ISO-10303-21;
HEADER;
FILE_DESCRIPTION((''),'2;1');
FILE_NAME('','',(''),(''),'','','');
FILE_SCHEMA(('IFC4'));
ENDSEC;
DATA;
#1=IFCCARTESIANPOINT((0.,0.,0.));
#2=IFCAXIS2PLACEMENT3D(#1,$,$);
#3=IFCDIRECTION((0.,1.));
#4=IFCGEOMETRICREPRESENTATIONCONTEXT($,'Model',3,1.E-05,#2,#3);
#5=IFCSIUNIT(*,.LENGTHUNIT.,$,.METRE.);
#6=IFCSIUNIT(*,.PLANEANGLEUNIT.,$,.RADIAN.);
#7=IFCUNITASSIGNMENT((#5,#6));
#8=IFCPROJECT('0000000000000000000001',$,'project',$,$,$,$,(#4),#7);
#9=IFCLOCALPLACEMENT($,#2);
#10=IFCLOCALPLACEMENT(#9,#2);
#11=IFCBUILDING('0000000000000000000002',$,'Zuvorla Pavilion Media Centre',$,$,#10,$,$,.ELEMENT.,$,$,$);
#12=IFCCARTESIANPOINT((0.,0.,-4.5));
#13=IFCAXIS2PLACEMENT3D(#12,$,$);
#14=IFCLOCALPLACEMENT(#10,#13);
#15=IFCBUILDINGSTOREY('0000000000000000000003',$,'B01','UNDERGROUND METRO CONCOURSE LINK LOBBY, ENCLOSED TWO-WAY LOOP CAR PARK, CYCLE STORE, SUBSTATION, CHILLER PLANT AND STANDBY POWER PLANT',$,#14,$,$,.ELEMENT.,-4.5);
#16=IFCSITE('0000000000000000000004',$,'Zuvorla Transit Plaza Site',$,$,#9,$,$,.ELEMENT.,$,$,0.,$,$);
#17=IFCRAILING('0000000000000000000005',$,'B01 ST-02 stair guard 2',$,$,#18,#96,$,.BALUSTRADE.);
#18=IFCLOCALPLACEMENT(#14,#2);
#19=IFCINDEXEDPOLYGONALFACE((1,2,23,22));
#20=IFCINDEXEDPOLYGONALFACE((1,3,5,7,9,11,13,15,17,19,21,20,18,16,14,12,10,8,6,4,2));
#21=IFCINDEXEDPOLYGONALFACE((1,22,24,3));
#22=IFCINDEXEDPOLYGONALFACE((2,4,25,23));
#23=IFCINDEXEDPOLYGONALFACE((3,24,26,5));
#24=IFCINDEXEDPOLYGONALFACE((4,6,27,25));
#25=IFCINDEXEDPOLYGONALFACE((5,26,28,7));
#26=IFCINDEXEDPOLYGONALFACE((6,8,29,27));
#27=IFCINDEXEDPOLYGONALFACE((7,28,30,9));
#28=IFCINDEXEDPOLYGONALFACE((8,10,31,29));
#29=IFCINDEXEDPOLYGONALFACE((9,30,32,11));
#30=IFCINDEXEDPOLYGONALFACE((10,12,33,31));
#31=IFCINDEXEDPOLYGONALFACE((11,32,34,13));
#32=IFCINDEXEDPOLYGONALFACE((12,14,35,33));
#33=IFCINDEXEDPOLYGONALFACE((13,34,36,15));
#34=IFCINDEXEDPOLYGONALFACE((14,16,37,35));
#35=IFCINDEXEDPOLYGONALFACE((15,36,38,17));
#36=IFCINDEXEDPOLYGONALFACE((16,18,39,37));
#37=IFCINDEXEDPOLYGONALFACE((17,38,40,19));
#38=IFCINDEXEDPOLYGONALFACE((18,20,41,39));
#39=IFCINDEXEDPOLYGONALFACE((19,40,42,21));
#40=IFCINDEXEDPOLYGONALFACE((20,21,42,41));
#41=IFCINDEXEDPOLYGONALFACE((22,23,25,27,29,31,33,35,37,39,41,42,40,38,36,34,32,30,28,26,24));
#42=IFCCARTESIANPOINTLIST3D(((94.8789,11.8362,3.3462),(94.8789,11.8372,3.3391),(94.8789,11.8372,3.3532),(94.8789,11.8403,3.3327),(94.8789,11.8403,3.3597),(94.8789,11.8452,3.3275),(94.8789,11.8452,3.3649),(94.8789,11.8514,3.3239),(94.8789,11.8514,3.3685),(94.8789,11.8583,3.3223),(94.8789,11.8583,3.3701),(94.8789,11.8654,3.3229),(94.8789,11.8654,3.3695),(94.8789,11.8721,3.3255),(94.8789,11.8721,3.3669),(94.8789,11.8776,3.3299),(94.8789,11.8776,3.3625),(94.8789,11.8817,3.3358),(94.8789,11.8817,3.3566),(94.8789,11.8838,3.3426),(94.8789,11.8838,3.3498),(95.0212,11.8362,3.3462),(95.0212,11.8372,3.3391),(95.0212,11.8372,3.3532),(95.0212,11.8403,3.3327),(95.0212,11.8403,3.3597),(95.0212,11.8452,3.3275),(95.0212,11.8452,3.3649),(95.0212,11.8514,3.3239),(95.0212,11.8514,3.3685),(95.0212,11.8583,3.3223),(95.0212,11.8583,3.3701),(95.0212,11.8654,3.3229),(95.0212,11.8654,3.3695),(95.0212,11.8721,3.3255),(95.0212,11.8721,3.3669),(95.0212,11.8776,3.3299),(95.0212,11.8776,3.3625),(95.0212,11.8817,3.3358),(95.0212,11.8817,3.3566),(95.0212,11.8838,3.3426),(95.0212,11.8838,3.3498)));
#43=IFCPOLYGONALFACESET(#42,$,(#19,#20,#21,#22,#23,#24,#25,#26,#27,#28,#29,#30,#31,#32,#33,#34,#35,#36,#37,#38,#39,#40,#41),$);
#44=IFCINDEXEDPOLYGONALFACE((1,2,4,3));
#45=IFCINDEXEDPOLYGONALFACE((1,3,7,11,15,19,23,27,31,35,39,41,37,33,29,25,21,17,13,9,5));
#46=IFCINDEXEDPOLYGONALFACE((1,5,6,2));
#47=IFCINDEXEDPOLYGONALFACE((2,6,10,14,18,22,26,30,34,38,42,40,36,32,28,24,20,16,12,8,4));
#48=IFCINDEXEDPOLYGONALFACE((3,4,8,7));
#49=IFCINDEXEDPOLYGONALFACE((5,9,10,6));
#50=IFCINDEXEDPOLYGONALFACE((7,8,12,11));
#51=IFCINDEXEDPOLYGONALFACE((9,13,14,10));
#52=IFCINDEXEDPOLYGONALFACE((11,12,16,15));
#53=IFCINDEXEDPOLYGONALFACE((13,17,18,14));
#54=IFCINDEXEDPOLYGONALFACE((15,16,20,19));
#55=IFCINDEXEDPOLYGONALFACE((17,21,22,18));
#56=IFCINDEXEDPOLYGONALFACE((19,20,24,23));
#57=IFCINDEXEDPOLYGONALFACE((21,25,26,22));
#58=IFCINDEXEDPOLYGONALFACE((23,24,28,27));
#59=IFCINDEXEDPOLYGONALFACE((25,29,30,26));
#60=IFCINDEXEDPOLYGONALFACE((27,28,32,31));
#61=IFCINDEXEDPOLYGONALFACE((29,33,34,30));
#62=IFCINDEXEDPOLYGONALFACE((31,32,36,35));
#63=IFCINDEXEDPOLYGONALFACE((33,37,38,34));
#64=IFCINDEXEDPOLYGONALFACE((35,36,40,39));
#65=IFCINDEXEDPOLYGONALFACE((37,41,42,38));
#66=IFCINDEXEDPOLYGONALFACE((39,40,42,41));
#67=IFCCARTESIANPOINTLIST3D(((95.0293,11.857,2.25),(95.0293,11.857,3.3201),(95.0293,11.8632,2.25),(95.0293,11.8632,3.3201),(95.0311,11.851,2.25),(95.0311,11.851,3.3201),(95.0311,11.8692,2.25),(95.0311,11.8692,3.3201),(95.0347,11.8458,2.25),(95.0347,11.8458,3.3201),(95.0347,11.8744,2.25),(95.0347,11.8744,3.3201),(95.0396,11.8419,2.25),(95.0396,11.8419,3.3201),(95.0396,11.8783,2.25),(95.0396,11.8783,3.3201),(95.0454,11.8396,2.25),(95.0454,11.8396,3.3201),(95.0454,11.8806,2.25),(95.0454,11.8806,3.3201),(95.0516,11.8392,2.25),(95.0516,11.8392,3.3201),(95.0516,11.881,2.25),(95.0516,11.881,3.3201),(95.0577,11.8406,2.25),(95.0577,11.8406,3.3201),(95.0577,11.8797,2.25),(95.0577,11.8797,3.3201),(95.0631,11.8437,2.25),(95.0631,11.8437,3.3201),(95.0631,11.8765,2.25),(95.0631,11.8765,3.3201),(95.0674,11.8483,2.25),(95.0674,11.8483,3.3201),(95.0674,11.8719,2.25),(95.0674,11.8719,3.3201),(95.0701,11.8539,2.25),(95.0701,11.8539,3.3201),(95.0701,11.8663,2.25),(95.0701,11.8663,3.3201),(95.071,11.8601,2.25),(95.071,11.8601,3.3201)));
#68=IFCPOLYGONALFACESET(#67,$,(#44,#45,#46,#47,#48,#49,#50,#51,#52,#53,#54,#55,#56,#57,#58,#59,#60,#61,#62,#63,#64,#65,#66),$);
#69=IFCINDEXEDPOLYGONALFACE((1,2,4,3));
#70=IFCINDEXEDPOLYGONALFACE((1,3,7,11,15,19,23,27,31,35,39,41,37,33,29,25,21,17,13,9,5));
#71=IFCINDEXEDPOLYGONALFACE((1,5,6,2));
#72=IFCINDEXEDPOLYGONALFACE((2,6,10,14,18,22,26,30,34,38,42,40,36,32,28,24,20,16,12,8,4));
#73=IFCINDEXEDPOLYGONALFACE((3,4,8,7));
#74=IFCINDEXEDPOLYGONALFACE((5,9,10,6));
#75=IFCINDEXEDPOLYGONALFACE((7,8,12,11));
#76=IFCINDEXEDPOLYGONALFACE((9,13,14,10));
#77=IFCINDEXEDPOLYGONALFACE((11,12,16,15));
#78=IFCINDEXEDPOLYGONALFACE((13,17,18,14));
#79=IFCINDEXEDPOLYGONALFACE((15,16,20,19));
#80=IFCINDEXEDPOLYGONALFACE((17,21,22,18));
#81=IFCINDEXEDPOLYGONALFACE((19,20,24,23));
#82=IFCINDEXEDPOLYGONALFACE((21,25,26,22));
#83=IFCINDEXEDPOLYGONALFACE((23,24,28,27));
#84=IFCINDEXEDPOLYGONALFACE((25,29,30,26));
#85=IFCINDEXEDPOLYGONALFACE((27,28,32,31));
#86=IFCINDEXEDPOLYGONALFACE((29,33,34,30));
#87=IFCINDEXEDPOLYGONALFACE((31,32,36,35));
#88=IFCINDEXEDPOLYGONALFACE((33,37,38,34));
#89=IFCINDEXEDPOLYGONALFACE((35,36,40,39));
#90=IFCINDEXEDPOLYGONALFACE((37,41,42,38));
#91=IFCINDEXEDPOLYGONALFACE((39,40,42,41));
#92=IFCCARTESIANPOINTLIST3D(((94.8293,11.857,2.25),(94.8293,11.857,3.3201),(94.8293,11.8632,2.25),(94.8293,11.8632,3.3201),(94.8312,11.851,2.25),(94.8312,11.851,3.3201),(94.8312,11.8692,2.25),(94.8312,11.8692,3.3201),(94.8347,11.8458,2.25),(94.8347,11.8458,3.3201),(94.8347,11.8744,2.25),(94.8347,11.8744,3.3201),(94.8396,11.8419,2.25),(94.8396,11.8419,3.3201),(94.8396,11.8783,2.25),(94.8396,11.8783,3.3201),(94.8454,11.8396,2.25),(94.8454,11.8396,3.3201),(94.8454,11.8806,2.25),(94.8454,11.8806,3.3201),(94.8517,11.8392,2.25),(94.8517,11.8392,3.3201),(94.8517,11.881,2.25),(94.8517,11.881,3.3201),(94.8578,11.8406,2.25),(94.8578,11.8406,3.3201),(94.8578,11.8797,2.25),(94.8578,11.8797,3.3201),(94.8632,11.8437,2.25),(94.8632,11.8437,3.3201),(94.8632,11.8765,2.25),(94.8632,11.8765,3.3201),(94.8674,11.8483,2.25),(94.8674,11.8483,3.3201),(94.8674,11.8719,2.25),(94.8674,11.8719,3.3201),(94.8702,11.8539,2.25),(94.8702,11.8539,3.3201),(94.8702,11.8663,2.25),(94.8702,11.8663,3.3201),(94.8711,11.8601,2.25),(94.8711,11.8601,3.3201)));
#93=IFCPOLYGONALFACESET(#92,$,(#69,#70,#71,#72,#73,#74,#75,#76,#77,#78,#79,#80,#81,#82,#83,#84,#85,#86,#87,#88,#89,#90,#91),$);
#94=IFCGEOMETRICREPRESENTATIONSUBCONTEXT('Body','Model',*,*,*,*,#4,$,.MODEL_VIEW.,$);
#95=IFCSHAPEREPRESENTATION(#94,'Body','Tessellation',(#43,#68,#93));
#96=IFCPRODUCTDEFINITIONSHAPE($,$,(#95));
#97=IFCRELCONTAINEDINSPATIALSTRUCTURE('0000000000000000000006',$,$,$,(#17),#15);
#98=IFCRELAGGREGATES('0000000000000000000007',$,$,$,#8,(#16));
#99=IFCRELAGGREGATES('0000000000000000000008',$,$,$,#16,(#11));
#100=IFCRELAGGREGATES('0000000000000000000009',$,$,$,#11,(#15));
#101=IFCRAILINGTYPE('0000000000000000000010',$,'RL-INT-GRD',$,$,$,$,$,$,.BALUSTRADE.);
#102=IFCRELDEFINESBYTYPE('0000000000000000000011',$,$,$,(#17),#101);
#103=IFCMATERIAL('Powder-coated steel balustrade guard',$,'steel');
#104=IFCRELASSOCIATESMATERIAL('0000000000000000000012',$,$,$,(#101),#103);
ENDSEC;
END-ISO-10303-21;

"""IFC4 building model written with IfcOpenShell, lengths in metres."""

from ifc_helpers import new_model, si_unit, direction, frame, origin, origin_2d, place, context, subcontext, project, spatial, circle, extrude, material, type_object, element, save


model = new_model("IFC4")

# Units and contexts
model_context = context("Model", 3, precision=1e-05, world=origin(), true_north=direction((0.0, 1.0)))
body_context = subcontext(model_context, "Body", "Model", "MODEL_VIEW")
ifc_project = project(units=[si_unit("LENGTHUNIT", "METRE"), si_unit("PLANEANGLEUNIT", "RADIAN")], contexts=[model_context])

# Site, building, storey
site_placement = place(None, origin())
site = spatial("IfcSite", under=ifc_project, at=site_placement, Name="Zuvorla Transit Plaza Site", CompositionType="ELEMENT", RefElevation=0.0)
building_placement = place(site_placement, origin())
building = spatial("IfcBuilding", under=site, at=building_placement, Name="Zuvorla Pavilion Media Centre", CompositionType="ELEMENT")
storey_placement = place(building_placement, frame((0.0, 0.0, -4.5)))
storey = spatial("IfcBuildingStorey", under=building, at=storey_placement, Name="B01", Description="UNDERGROUND METRO CONCOURSE LINK LOBBY, ENCLOSED TWO-WAY LOOP CAR PARK, CYCLE STORE, SUBSTATION, CHILLER PLANT AND STANDBY POWER PLANT", CompositionType="ELEMENT", Elevation=-4.5)

# Railing
ifc_material_1 = material(Name="Powder-coated steel balustrade guard", Category="steel")
railing_type_1 = type_object("IfcRailingType", Name="RL-INT-GRD", PredefinedType="BALUSTRADE", material=ifc_material_1)
railing_1_placement = place(storey_placement, frame((95.05, 11.8601, 2.25)))
element("IfcRailing", 1, at=railing_1_placement, inside=storey, type_object=railing_type_1, Name="B01 ST-02 stair guard 2", PredefinedType="BALUSTRADE", context=body_context, shape_type="SweptSolid", body=[
    extrude(circle(Radius=0.0239, at=origin_2d()), frame((-0.0288, 0.0, 1.0962), z_axis=(-1.0, 0.0, 0.0), x_axis=(0.0, -1.0, 0.0)), (0.0, 0.0, 1.0), 0.1423),
    extrude(circle(Radius=0.021, at=origin_2d()), origin(), (0.0, 0.0, 1.0), 1.0701),
    extrude(circle(Radius=0.021, at=origin_2d()), frame((-0.2, 0.0, 0.0)), (0.0, 0.0, 1.0), 1.0701),
])

save(model, "model.ifc")
